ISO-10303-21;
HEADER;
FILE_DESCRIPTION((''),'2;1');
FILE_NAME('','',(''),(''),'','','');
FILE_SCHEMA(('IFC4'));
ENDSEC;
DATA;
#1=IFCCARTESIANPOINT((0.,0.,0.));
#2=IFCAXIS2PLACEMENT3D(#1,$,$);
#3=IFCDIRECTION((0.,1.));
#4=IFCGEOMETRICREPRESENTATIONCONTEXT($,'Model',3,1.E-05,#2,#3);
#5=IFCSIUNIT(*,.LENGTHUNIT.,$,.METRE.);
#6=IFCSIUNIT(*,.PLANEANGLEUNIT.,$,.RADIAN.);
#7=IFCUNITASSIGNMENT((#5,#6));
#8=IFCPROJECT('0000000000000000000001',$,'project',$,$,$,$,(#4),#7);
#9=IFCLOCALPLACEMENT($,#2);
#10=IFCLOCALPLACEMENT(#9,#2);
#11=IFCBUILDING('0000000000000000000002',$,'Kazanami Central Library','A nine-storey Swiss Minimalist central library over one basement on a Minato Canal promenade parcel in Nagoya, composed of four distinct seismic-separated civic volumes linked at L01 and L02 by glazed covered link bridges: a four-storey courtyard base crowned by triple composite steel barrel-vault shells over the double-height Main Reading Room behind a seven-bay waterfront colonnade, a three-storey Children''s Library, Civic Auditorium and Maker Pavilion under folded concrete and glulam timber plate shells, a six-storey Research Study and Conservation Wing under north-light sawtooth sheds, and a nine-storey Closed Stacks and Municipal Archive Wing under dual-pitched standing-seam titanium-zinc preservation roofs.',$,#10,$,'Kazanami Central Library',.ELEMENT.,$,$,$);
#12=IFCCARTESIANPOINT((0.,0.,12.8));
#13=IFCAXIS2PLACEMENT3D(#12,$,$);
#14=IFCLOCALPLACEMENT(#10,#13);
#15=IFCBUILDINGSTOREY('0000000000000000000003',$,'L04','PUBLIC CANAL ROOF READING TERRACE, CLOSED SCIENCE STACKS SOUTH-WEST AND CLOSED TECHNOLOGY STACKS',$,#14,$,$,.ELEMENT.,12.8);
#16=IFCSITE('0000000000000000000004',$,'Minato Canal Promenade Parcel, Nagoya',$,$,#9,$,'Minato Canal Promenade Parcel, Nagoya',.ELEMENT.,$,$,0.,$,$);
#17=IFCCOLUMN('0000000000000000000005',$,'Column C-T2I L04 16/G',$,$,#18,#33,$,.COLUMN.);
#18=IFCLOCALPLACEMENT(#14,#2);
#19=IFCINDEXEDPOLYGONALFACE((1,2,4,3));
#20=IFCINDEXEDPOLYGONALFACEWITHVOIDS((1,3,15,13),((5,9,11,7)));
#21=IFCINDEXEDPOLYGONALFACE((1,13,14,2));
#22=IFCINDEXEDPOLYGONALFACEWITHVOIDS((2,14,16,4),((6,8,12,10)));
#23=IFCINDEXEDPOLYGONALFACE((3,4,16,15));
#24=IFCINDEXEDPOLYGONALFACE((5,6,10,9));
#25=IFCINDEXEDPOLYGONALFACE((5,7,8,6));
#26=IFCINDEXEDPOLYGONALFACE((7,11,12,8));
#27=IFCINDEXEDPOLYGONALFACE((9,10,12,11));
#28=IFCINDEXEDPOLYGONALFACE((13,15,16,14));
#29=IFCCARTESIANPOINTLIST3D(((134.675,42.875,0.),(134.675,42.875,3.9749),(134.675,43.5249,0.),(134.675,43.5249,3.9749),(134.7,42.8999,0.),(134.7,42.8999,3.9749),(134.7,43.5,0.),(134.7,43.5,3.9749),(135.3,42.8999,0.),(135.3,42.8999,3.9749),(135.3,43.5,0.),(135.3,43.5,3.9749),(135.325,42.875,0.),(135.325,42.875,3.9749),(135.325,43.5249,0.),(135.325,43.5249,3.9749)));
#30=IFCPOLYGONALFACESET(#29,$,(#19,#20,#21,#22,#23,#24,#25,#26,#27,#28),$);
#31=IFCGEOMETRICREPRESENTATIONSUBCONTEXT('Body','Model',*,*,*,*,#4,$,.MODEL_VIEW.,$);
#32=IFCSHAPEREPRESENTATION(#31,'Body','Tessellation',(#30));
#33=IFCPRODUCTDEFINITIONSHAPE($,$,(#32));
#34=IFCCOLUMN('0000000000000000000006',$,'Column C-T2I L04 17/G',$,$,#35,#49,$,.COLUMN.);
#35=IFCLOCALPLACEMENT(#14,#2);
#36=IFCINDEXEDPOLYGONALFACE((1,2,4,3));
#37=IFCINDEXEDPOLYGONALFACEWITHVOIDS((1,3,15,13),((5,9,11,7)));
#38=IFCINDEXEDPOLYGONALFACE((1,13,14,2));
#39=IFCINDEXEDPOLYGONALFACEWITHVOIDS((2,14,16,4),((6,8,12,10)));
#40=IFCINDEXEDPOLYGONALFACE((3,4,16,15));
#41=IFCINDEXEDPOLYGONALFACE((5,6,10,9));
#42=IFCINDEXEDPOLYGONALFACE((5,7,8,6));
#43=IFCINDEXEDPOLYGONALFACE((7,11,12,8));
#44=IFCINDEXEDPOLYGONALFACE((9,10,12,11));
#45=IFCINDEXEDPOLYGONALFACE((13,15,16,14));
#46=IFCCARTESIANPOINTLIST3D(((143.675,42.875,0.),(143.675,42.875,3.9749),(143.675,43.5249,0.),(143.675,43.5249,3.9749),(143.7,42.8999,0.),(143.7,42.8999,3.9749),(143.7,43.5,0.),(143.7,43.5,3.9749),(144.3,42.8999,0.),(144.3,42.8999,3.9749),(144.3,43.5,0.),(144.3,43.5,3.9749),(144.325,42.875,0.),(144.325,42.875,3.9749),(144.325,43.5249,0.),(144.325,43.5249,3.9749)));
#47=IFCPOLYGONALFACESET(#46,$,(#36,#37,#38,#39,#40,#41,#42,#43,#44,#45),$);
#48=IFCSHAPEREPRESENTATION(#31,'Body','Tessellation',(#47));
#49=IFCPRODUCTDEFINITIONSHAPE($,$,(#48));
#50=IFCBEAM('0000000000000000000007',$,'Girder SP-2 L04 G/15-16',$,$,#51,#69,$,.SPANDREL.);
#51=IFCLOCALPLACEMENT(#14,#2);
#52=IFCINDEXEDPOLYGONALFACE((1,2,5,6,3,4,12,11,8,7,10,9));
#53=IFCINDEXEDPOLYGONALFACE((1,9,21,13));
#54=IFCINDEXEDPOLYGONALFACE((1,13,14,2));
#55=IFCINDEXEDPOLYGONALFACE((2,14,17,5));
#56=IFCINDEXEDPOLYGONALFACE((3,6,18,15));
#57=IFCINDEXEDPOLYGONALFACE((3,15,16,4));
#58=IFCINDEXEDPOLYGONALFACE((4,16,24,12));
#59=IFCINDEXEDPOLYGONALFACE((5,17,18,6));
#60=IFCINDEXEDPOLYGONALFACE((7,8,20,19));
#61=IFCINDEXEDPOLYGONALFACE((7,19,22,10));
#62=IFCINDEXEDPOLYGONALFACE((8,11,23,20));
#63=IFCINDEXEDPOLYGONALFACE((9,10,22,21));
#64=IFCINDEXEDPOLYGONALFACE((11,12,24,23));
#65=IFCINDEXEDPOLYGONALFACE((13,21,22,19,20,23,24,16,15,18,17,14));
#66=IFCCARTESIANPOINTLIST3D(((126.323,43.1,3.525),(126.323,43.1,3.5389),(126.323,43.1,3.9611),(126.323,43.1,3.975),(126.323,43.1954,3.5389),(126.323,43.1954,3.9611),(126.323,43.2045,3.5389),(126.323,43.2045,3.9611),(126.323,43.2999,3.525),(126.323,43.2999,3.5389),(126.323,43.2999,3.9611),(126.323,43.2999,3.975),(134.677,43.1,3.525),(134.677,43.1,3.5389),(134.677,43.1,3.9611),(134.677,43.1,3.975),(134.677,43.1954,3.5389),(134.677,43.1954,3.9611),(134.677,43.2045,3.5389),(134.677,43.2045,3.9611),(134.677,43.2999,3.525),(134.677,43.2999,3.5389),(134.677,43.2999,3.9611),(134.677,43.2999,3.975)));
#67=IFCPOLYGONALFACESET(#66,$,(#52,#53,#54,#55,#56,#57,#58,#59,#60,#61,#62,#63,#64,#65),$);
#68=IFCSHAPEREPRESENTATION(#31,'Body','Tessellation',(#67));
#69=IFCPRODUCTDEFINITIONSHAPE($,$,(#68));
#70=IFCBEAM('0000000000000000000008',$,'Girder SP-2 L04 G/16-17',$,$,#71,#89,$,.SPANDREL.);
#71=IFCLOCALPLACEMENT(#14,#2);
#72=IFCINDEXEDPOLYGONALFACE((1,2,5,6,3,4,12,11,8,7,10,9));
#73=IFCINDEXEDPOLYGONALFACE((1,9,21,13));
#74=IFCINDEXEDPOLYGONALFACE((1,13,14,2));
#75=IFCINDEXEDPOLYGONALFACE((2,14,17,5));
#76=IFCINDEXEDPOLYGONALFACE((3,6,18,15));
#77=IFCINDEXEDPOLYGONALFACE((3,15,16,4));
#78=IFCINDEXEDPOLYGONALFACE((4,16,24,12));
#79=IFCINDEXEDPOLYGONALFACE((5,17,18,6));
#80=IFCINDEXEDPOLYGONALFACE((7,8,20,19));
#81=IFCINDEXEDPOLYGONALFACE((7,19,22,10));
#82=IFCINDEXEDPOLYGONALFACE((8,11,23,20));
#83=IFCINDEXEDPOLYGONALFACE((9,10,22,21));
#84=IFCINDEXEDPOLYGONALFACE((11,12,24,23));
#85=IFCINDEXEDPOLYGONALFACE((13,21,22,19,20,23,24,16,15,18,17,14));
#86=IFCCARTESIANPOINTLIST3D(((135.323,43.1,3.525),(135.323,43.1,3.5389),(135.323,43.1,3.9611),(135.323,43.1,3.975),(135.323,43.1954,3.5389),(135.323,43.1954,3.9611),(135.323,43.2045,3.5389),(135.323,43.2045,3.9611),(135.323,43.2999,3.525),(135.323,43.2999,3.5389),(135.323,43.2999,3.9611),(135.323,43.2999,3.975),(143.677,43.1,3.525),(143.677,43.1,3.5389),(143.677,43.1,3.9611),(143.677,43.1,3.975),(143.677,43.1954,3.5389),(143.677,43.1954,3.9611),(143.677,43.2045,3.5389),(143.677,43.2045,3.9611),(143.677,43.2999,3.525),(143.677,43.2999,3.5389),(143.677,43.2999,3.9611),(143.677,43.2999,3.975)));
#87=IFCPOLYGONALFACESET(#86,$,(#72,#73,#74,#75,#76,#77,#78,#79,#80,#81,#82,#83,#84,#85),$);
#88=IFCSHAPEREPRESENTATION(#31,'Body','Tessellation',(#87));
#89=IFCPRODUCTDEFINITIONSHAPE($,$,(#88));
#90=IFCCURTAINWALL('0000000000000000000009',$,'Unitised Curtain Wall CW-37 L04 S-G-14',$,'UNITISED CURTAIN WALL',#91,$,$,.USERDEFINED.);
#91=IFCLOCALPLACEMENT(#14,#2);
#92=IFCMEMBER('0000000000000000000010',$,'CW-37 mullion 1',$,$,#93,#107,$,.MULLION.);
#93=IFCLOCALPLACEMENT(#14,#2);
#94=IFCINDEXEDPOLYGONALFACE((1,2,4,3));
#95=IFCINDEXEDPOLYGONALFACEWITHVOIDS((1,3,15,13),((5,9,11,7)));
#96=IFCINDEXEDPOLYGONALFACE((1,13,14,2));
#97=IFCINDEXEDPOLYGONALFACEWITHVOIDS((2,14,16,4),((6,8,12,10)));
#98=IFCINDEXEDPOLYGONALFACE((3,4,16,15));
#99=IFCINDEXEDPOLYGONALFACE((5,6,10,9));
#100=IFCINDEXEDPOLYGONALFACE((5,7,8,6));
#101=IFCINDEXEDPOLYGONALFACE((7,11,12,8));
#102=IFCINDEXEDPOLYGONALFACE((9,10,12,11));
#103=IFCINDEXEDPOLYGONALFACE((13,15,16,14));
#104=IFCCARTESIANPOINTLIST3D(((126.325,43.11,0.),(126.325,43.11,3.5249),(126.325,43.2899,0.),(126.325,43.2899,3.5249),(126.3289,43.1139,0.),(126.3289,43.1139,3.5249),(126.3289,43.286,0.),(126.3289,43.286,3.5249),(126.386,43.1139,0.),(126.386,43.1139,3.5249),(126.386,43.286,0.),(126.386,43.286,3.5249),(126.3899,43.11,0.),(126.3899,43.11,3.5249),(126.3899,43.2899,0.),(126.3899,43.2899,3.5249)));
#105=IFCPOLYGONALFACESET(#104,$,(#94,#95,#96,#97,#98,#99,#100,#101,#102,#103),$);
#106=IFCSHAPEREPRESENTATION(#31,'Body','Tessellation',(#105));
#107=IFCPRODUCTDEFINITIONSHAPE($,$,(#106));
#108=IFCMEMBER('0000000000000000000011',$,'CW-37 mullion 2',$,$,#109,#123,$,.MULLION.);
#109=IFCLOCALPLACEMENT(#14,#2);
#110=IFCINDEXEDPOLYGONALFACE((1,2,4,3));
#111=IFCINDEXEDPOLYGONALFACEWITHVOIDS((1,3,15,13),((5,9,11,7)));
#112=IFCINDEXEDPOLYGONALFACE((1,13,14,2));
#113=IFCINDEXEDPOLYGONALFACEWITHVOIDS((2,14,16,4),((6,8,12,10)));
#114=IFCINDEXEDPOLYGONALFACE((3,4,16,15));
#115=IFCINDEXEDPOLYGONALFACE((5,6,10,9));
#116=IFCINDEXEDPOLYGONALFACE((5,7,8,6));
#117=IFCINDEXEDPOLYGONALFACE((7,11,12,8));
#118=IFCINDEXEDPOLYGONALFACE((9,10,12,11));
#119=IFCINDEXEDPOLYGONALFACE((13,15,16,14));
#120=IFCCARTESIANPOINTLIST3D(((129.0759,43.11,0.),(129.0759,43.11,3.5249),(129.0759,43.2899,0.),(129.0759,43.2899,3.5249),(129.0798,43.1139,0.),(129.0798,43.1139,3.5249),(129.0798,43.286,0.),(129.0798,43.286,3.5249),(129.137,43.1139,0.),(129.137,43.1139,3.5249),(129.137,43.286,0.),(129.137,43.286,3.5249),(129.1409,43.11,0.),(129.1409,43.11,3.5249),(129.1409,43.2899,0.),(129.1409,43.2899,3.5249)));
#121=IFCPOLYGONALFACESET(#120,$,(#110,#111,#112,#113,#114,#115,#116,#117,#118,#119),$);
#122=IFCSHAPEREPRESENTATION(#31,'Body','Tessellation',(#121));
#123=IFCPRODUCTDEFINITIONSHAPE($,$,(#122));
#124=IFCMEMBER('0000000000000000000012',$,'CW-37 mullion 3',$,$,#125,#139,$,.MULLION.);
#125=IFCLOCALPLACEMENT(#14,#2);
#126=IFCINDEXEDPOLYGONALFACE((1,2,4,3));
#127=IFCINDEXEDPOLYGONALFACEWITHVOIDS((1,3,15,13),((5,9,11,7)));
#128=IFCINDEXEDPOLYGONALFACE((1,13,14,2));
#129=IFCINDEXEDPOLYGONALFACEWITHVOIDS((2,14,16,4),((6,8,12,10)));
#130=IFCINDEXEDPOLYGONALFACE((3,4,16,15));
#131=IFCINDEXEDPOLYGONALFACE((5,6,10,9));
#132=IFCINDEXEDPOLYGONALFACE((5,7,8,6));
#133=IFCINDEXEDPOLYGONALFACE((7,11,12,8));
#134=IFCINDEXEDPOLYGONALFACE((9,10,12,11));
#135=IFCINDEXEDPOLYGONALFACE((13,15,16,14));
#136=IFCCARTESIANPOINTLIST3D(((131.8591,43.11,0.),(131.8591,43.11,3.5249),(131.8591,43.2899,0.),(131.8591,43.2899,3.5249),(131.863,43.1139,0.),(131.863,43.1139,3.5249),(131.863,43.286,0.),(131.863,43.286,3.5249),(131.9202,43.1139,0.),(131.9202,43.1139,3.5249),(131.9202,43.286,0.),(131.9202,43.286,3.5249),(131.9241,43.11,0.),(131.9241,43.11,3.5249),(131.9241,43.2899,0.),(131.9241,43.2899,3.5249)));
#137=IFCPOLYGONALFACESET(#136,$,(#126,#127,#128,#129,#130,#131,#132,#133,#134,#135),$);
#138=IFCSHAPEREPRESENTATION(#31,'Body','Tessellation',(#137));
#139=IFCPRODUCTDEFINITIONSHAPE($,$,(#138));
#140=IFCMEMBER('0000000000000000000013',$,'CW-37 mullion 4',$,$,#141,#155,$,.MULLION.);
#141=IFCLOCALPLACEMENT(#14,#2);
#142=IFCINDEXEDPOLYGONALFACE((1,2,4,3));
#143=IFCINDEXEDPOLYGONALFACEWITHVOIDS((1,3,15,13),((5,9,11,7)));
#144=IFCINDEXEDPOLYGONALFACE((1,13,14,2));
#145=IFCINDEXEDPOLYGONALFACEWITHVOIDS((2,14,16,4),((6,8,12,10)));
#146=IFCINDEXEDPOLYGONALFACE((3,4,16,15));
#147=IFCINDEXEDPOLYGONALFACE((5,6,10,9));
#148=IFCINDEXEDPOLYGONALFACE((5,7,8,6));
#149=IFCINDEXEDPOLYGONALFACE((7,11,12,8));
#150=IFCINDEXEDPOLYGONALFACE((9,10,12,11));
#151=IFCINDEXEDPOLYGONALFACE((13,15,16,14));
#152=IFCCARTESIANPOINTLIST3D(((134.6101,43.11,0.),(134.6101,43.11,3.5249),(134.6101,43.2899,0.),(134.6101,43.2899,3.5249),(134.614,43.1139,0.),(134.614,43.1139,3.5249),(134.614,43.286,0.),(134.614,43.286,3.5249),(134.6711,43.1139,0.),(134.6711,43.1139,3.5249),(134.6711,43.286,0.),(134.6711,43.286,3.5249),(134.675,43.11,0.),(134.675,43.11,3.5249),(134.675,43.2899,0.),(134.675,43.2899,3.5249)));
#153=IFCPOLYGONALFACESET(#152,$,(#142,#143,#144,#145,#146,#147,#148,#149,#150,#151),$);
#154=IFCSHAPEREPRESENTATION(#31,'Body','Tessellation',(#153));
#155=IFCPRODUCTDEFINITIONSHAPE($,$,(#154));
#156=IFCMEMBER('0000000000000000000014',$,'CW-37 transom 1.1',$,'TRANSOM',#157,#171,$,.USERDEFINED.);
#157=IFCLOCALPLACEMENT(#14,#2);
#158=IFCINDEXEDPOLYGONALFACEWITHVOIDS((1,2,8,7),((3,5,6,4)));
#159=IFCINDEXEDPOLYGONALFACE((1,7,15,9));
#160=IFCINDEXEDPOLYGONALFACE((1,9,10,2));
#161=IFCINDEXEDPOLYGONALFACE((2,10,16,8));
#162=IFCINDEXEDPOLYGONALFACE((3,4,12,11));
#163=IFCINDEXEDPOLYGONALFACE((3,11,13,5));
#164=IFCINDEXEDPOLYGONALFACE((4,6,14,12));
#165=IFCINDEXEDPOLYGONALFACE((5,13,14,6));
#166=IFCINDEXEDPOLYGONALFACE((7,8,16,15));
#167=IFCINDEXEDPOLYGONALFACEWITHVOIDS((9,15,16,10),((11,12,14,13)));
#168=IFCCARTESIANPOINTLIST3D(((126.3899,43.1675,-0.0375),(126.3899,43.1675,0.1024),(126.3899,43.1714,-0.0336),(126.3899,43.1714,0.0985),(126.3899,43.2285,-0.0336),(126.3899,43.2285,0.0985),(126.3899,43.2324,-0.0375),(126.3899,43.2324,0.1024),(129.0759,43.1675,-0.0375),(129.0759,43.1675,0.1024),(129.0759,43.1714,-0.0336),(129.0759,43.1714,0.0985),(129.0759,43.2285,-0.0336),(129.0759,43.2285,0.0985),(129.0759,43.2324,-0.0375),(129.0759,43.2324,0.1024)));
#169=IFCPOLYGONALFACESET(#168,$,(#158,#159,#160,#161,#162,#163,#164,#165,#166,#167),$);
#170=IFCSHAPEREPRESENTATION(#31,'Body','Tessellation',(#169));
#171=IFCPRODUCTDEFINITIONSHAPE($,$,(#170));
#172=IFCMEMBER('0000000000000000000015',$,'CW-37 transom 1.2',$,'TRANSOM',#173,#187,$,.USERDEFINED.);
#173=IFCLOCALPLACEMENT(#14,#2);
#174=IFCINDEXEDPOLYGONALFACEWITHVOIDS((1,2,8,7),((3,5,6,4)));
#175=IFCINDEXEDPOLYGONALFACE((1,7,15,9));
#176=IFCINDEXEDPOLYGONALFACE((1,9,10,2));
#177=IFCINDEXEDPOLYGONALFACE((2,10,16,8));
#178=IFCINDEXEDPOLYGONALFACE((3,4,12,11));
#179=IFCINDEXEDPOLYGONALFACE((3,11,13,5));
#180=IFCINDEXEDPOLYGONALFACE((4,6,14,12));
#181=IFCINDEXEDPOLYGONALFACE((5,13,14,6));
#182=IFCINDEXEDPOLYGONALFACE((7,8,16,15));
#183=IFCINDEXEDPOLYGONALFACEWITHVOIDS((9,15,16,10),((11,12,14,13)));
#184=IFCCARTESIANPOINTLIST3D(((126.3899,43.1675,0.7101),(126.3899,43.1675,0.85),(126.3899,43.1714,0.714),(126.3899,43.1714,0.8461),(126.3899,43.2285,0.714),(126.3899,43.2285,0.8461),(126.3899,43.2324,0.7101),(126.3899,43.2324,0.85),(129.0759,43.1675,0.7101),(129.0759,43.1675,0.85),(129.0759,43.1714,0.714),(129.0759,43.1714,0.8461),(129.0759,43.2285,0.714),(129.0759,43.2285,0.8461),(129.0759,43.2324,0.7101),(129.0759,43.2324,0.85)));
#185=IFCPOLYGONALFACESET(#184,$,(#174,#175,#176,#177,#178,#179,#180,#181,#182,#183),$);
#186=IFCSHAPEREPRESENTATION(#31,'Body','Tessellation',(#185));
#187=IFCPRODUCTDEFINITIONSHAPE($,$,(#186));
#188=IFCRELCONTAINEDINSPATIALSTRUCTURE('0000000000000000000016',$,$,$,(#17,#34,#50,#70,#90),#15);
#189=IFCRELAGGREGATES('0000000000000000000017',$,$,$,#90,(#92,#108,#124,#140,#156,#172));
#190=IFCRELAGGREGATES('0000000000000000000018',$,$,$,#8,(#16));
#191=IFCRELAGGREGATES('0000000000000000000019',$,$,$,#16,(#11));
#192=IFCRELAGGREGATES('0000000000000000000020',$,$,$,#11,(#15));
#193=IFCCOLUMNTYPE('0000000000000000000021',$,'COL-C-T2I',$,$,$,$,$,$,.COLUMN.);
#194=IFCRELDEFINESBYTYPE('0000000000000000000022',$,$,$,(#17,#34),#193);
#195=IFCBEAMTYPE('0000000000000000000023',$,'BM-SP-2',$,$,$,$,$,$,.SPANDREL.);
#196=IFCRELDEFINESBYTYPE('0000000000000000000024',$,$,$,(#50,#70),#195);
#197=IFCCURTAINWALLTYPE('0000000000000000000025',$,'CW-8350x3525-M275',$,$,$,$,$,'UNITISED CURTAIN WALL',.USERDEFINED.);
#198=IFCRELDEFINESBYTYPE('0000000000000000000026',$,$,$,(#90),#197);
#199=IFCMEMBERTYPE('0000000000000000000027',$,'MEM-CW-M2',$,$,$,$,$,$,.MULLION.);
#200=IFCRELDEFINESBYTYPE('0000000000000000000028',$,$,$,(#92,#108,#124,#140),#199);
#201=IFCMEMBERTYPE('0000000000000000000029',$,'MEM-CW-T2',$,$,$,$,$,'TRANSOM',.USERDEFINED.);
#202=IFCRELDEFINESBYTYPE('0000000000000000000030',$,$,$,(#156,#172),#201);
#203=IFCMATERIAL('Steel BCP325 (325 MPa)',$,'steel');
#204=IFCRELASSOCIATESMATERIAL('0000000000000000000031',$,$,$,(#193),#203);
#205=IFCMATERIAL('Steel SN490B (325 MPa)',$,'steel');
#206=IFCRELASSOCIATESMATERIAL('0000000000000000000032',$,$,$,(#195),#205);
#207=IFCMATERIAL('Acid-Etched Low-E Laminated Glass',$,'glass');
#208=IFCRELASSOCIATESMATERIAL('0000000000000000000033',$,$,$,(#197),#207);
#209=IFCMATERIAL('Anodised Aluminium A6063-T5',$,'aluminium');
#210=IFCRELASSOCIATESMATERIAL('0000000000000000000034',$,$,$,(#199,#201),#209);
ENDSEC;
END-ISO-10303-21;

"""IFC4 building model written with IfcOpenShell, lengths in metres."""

from ifc_helpers import new_model, si_unit, direction, frame, origin, origin_2d, place, context, subcontext, project, spatial, hollow_rectangle, i_section, extrude, material, material_profile, profile_set, type_object, element, aggregate, save


model = new_model("IFC4")

# Units and contexts
model_context = context("Model", 3, precision=1e-05, world=origin(), true_north=direction((0.0, 1.0)))
body_context = subcontext(model_context, "Body", "Model", "MODEL_VIEW")
ifc_project = project(units=[si_unit("LENGTHUNIT", "METRE"), si_unit("PLANEANGLEUNIT", "RADIAN")], contexts=[model_context])

# Site, building, storey
site_placement = place(None, origin())
site = spatial("IfcSite", under=ifc_project, at=site_placement, Name="Minato Canal Promenade Parcel, Nagoya", LongName="Minato Canal Promenade Parcel, Nagoya", CompositionType="ELEMENT", RefElevation=0.0)
building_placement = place(site_placement, origin())
building = spatial("IfcBuilding", under=site, at=building_placement, Name="Kazanami Central Library", Description="A nine-storey Swiss Minimalist central library over one basement on a Minato Canal promenade parcel in Nagoya, composed of four distinct seismic-separated civic volumes linked at L01 and L02 by glazed covered link bridges: a four-storey courtyard base crowned by triple composite steel barrel-vault shells over the double-height Main Reading Room behind a seven-bay waterfront colonnade, a three-storey Children's Library, Civic Auditorium and Maker Pavilion under folded concrete and glulam timber plate shells, a six-storey Research Study and Conservation Wing under north-light sawtooth sheds, and a nine-storey Closed Stacks and Municipal Archive Wing under dual-pitched standing-seam titanium-zinc preservation roofs.", LongName="Kazanami Central Library", CompositionType="ELEMENT")
storey_placement = place(building_placement, frame((0.0, 0.0, 12.8)))
storey = spatial("IfcBuildingStorey", under=building, at=storey_placement, Name="L04", Description="PUBLIC CANAL ROOF READING TERRACE, CLOSED SCIENCE STACKS SOUTH-WEST AND CLOSED TECHNOLOGY STACKS", CompositionType="ELEMENT", Elevation=12.8)

# Columns
ifc_material_1 = material(Name="Steel BCP325 (325 MPa)", Category="steel")
ifc_material_profile_1 = material_profile(ifc_material_1, hollow_rectangle(XDim=0.6499, YDim=0.6499, WallThickness=0.0249, at=origin_2d()), Name="BCP-650x650x25")
ifc_profile_set_1 = profile_set([ifc_material_profile_1], Name="Steel BCP325 (325 MPa)")
column_type = type_object("IfcColumnType", Name="COL-C-T2I", PredefinedType="COLUMN", material=ifc_profile_set_1)
for number, where, z_axis, x_axis, name in (
    (1, (135.0, 43.2, 0.0), (0.0, 0.0, 1.0), (1.0, 0.0, 0.0), "Column C-T2I L04 16/G"),
    (2, (144.0, 43.2, 0.0), (0.0, 0.0, 1.0), (1.0, 0.0, 0.0), "Column C-T2I L04 17/G"),
):
    element("IfcColumn", number, at=place(storey_placement, frame(where, z_axis=z_axis, x_axis=x_axis)), inside=storey, type_object=column_type, Name=name, PredefinedType="COLUMN", context=body_context, shape_type="SweptSolid", body=[
        extrude(hollow_rectangle(XDim=0.6499, YDim=0.6499, WallThickness=0.0249, at=origin_2d()), origin(), (0.0, 0.0, 1.0), 3.9749),
    ])

# Beams
ifc_material_2 = material(Name="Steel SN490B (325 MPa)", Category="steel")
ifc_material_profile_2 = material_profile(ifc_material_2, i_section(OverallWidth=0.2, OverallDepth=0.45, WebThickness=0.009, FlangeThickness=0.0139, at=origin_2d()), Name="H-450x200x9x14")
ifc_profile_set_2 = profile_set([ifc_material_profile_2], Name="Steel SN490B (325 MPa)")
beam_type = type_object("IfcBeamType", Name="BM-SP-2", PredefinedType="SPANDREL", material=ifc_profile_set_2)
for number, where, z_axis, x_axis, name in (
    (3, (126.323, 43.2, 3.75), (1.0, 0.0, 0.0), (0.0, 1.0, 0.0), "Girder SP-2 L04 G/15-16"),
    (4, (135.323, 43.2, 3.75), (1.0, 0.0, 0.0), (0.0, 1.0, 0.0), "Girder SP-2 L04 G/16-17"),
):
    element("IfcBeam", number, at=place(storey_placement, frame(where, z_axis=z_axis, x_axis=x_axis)), inside=storey, type_object=beam_type, Name=name, PredefinedType="SPANDREL", context=body_context, shape_type="SweptSolid", body=[
        extrude(i_section(OverallWidth=0.2, OverallDepth=0.45, WebThickness=0.009, FlangeThickness=0.0139, at=origin_2d()), origin(), (0.0, 0.0, 1.0), 8.354),
    ])

# Curtain wall, members
ifc_material_3 = material(Name="Acid-Etched Low-E Laminated Glass", Category="glass")
curtain_wall_type = type_object("IfcCurtainWallType", Name="CW-8350x3525-M275", ElementType="UNITISED CURTAIN WALL", PredefinedType="USERDEFINED", material=ifc_material_3)
curtain_wall_placement = place(storey_placement, origin())
curtain_wall = element("IfcCurtainWall", 5, at=curtain_wall_placement, inside=storey, type_object=curtain_wall_type, Name="Unitised Curtain Wall CW-37 L04 S-G-14", ObjectType="UNITISED CURTAIN WALL", PredefinedType="USERDEFINED")
ifc_material_4 = material(Name="Anodised Aluminium A6063-T5", Category="aluminium")
ifc_material_profile_3 = material_profile(ifc_material_4, hollow_rectangle(XDim=0.0649, YDim=0.1799, WallThickness=0.0039, at=origin_2d()), Name="ALU-MULL-65x180x4")
ifc_profile_set_3 = profile_set([ifc_material_profile_3], Name="Anodised Aluminium A6063-T5")
member_type_1 = type_object("IfcMemberType", Name="MEM-CW-M2", PredefinedType="MULLION", material=ifc_profile_set_3)
member_1_placement = place(storey_placement, frame((126.3574, 43.2, 0.0), z_axis=(0.0, 0.0, 1.0), x_axis=(1.0, 0.0, 0.0)))
member_1 = element("IfcMember", 6, at=member_1_placement, type_object=member_type_1, Name="CW-37 mullion 1", PredefinedType="MULLION", context=body_context, shape_type="SweptSolid", body=[
    extrude(hollow_rectangle(XDim=0.0649, YDim=0.1799, WallThickness=0.0039, at=origin_2d()), origin(), (0.0, 0.0, 1.0), 3.5249),
])
member_2_placement = place(storey_placement, frame((129.1084, 43.2, 0.0), z_axis=(0.0, 0.0, 1.0), x_axis=(1.0, 0.0, 0.0)))
member_2 = element("IfcMember", 7, at=member_2_placement, type_object=member_type_1, Name="CW-37 mullion 2", PredefinedType="MULLION", context=body_context, shape_type="SweptSolid", body=[
    extrude(hollow_rectangle(XDim=0.0649, YDim=0.1799, WallThickness=0.0039, at=origin_2d()), origin(), (0.0, 0.0, 1.0), 3.5249),
])
member_3_placement = place(storey_placement, frame((131.8916, 43.2, 0.0), z_axis=(0.0, 0.0, 1.0), x_axis=(1.0, 0.0, 0.0)))
member_3 = element("IfcMember", 8, at=member_3_placement, type_object=member_type_1, Name="CW-37 mullion 3", PredefinedType="MULLION", context=body_context, shape_type="SweptSolid", body=[
    extrude(hollow_rectangle(XDim=0.0649, YDim=0.1799, WallThickness=0.0039, at=origin_2d()), origin(), (0.0, 0.0, 1.0), 3.5249),
])
member_4_placement = place(storey_placement, frame((134.6426, 43.2, 0.0), z_axis=(0.0, 0.0, 1.0), x_axis=(1.0, 0.0, 0.0)))
member_4 = element("IfcMember", 9, at=member_4_placement, type_object=member_type_1, Name="CW-37 mullion 4", PredefinedType="MULLION", context=body_context, shape_type="SweptSolid", body=[
    extrude(hollow_rectangle(XDim=0.0649, YDim=0.1799, WallThickness=0.0039, at=origin_2d()), origin(), (0.0, 0.0, 1.0), 3.5249),
])
ifc_material_profile_4 = material_profile(ifc_material_4, hollow_rectangle(XDim=0.0649, YDim=0.1399, WallThickness=0.0039, at=origin_2d()), Name="ALU-TRAN-65x140x4")
ifc_profile_set_4 = profile_set([ifc_material_profile_4], Name="Anodised Aluminium A6063-T5")
member_type_2 = type_object("IfcMemberType", Name="MEM-CW-T2", ElementType="TRANSOM", PredefinedType="USERDEFINED", material=ifc_profile_set_4)
member_5_placement = place(storey_placement, frame((126.3899, 43.2, 0.0325), z_axis=(1.0, 0.0, 0.0), x_axis=(0.0, 1.0, 0.0)))
member_5 = element("IfcMember", 10, at=member_5_placement, type_object=member_type_2, Name="CW-37 transom 1.1", ObjectType="TRANSOM", PredefinedType="USERDEFINED", context=body_context, shape_type="SweptSolid", body=[
    extrude(hollow_rectangle(XDim=0.0649, YDim=0.1399, WallThickness=0.0039, at=origin_2d()), origin(), (0.0, 0.0, 1.0), 2.686),
])
member_6_placement = place(storey_placement, frame((126.3899, 43.2, 0.78), z_axis=(1.0, 0.0, 0.0), x_axis=(0.0, 1.0, 0.0)))
member_6 = element("IfcMember", 11, at=member_6_placement, type_object=member_type_2, Name="CW-37 transom 1.2", ObjectType="TRANSOM", PredefinedType="USERDEFINED", context=body_context, shape_type="SweptSolid", body=[
    extrude(hollow_rectangle(XDim=0.0649, YDim=0.1399, WallThickness=0.0039, at=origin_2d()), origin(), (0.0, 0.0, 1.0), 2.686),
])
aggregate(curtain_wall, [member_1, member_2, member_3, member_4, member_5, member_6])

save(model, "model.ifc")
